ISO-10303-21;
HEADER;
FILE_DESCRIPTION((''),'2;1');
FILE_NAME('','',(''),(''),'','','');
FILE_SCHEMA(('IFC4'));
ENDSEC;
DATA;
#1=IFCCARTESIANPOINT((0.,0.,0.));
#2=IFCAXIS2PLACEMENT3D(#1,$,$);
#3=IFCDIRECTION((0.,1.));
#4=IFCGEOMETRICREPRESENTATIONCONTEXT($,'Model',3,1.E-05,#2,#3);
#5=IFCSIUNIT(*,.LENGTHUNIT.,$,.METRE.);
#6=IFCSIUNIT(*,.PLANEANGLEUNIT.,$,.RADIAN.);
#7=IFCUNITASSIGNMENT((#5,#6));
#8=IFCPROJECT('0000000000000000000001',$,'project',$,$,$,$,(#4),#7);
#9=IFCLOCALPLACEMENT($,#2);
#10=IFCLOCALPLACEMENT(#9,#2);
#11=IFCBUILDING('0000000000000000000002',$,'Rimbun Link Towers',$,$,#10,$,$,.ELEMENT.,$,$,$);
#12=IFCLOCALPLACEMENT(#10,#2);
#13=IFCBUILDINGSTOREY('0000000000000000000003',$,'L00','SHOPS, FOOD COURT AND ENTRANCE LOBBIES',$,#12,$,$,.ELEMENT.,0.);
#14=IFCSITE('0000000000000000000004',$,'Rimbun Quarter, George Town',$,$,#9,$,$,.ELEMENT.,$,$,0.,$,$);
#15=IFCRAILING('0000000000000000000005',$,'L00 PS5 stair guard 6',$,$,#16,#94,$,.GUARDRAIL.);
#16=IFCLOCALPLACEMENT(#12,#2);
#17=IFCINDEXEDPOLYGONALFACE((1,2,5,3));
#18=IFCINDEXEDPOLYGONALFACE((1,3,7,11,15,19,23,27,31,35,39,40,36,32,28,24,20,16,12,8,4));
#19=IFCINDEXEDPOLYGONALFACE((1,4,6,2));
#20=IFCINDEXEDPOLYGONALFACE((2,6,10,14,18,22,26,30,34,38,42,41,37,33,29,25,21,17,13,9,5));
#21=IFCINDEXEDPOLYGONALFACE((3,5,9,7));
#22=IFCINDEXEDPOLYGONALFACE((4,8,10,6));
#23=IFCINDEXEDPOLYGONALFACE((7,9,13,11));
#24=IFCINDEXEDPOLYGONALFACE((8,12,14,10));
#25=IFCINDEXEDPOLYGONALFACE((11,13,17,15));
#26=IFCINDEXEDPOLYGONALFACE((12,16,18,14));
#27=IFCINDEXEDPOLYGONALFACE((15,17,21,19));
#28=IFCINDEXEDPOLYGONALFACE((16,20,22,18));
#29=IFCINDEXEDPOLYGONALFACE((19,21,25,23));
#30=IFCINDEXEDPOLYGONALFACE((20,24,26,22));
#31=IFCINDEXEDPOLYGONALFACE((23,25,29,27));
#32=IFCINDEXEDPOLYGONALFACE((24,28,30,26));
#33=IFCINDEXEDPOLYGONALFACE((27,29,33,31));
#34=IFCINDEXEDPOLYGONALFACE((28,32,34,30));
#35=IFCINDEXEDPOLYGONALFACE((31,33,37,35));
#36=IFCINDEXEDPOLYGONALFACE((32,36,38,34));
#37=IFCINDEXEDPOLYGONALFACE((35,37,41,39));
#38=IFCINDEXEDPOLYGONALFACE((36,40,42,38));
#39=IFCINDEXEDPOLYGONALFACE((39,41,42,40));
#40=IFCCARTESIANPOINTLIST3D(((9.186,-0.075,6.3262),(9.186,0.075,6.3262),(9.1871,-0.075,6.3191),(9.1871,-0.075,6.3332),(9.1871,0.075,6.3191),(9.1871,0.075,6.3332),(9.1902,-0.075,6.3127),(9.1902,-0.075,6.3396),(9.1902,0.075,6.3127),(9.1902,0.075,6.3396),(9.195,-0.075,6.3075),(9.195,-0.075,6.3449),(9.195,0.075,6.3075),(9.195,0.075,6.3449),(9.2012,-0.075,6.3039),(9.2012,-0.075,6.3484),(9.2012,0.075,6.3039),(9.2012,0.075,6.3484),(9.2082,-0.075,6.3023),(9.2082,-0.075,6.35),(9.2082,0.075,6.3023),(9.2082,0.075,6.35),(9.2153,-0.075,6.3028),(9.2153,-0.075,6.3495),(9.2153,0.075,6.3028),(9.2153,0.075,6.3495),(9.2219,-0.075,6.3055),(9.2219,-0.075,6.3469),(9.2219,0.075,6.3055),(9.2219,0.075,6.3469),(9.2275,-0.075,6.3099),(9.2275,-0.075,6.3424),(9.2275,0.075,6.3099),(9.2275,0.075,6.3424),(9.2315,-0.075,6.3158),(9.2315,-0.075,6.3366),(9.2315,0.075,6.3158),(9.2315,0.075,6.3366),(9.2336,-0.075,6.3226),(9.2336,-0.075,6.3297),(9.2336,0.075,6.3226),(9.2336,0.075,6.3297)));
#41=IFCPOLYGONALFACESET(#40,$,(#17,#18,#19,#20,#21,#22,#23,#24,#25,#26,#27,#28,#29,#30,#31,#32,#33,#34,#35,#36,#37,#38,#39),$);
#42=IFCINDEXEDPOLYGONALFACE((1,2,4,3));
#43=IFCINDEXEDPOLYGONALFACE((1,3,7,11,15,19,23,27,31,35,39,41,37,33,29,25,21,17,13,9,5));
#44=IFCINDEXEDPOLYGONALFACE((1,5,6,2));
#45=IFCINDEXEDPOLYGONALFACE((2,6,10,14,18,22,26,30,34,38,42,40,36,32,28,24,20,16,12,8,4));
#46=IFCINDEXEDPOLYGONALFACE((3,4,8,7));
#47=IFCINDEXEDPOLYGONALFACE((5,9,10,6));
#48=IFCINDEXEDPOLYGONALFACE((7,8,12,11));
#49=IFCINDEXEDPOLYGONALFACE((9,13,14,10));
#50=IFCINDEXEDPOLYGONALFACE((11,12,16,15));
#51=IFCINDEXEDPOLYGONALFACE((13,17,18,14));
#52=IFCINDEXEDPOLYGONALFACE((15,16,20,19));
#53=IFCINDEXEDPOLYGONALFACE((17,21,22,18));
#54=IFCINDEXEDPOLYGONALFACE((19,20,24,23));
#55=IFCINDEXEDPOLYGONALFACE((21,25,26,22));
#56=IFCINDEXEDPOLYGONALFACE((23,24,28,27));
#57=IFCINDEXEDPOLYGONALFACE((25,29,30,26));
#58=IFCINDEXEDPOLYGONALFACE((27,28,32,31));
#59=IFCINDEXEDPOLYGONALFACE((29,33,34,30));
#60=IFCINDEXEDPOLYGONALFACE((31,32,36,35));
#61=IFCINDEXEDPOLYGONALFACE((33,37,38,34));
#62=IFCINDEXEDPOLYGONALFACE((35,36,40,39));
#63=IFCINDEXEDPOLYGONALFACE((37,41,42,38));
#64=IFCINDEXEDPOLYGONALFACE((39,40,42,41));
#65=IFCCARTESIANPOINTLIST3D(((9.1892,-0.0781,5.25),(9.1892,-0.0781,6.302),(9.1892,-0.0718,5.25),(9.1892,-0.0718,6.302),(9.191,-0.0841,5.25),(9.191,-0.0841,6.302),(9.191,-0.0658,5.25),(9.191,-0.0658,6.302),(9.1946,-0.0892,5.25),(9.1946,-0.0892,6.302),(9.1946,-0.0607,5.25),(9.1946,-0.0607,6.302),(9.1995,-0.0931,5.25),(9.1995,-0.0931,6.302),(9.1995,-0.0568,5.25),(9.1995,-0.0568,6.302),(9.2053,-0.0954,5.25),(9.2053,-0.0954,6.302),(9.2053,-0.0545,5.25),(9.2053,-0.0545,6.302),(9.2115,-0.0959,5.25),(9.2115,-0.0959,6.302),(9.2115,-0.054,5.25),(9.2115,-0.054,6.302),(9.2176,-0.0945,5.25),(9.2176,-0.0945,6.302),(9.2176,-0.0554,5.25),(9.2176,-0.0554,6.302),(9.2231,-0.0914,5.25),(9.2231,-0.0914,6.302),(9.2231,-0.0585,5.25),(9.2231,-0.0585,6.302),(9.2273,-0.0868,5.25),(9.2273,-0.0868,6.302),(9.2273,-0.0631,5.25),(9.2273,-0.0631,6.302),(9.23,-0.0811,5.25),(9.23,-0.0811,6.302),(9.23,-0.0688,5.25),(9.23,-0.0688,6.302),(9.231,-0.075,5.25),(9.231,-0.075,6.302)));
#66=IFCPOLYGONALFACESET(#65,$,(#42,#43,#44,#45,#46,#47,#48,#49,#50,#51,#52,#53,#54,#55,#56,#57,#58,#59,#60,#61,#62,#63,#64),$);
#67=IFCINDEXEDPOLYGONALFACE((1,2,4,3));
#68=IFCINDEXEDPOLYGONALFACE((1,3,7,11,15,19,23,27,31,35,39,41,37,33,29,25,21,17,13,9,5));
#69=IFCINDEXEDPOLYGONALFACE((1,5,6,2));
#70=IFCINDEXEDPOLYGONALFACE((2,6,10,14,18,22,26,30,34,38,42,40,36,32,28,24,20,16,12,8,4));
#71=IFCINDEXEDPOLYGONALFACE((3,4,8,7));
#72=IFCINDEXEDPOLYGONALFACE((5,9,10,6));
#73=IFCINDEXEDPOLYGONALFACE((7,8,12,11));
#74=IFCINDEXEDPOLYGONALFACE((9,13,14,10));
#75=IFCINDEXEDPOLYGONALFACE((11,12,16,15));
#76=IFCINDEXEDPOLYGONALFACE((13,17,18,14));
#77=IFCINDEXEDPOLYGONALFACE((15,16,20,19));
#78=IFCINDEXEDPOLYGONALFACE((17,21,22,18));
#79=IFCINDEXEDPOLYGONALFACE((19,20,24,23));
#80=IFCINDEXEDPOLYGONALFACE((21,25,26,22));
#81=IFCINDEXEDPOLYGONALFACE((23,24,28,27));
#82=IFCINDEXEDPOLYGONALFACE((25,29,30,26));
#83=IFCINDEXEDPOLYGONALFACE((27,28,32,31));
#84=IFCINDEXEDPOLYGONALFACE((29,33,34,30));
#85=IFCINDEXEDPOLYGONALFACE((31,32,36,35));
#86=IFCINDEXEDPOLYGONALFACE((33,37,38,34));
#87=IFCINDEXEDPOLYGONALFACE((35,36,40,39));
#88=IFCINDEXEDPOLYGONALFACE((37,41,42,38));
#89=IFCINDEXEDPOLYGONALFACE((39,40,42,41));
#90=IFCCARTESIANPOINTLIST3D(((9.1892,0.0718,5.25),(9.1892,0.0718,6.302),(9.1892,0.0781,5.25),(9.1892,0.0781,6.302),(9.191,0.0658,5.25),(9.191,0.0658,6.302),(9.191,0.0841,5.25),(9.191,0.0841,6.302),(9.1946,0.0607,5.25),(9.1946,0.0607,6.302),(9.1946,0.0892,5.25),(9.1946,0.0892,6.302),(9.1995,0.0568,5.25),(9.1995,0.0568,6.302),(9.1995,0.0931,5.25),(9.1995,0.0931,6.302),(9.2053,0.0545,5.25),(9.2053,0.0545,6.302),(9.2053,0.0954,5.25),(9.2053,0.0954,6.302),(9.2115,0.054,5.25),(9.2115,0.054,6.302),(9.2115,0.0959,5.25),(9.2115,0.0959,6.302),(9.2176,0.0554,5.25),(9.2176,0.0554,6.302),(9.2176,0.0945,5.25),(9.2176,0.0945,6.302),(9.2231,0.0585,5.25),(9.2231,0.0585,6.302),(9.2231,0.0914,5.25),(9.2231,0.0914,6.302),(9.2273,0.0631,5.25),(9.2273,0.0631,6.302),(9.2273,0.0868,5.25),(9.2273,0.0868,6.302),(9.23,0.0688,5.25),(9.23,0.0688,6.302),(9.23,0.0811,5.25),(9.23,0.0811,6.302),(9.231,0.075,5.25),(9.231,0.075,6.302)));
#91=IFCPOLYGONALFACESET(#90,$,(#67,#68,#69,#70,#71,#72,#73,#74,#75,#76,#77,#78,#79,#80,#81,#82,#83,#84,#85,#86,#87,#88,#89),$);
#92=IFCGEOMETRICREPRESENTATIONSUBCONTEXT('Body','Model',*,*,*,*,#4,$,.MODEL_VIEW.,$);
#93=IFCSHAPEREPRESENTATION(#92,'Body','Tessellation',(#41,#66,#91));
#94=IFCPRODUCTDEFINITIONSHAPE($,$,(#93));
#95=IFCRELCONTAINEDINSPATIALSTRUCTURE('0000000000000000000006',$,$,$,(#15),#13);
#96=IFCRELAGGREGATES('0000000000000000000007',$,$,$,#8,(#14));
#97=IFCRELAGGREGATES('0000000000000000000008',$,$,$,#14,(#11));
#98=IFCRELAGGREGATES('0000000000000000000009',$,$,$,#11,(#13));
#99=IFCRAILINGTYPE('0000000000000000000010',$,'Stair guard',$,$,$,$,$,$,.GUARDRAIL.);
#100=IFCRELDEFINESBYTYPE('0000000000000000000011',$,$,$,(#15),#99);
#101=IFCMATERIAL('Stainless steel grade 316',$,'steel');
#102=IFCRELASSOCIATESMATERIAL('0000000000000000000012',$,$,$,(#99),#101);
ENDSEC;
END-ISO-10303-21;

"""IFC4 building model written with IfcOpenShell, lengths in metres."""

from ifc_helpers import new_model, si_unit, direction, frame, origin, origin_2d, place, context, subcontext, project, spatial, circle, extrude, material, type_object, element, save


model = new_model("IFC4")

# Units and contexts
model_context = context("Model", 3, precision=1e-05, world=origin(), true_north=direction((0.0, 1.0)))
body_context = subcontext(model_context, "Body", "Model", "MODEL_VIEW")
ifc_project = project(units=[si_unit("LENGTHUNIT", "METRE"), si_unit("PLANEANGLEUNIT", "RADIAN")], contexts=[model_context])

# Site, building, storey
site_placement = place(None, origin())
site = spatial("IfcSite", under=ifc_project, at=site_placement, Name="Rimbun Quarter, George Town", CompositionType="ELEMENT", RefElevation=0.0)
building_placement = place(site_placement, origin())
building = spatial("IfcBuilding", under=site, at=building_placement, Name="Rimbun Link Towers", CompositionType="ELEMENT")
storey_placement = place(building_placement, origin())
storey = spatial("IfcBuildingStorey", under=building, at=storey_placement, Name="L00", Description="SHOPS, FOOD COURT AND ENTRANCE LOBBIES", CompositionType="ELEMENT", Elevation=0.0)

# Railing
ifc_material_1 = material(Name="Stainless steel grade 316", Category="steel")
railing_type_1 = type_object("IfcRailingType", Name="Stair guard", PredefinedType="GUARDRAIL", material=ifc_material_1)
railing_1_placement = place(storey_placement, frame((9.21, -0.075, 5.25)))
element("IfcRailing", 1, at=railing_1_placement, inside=storey, type_object=railing_type_1, Name="L00 PS5 stair guard 6", PredefinedType="GUARDRAIL", context=body_context, shape_type="SweptSolid", body=[
    extrude(circle(Radius=0.0239, at=origin_2d()), frame((0.0, 0.0, 1.0762), z_axis=(0.0, 1.0, 0.0), x_axis=(-1.0, 0.0, 0.0)), (0.0, 0.0, 1.0), 0.1499),
    extrude(circle(Radius=0.021, at=origin_2d()), origin(), (0.0, 0.0, 1.0), 1.052),
    extrude(circle(Radius=0.021, at=origin_2d()), frame((0.0, 0.1499, 0.0)), (0.0, 0.0, 1.0), 1.052),
])

save(model, "model.ifc")
